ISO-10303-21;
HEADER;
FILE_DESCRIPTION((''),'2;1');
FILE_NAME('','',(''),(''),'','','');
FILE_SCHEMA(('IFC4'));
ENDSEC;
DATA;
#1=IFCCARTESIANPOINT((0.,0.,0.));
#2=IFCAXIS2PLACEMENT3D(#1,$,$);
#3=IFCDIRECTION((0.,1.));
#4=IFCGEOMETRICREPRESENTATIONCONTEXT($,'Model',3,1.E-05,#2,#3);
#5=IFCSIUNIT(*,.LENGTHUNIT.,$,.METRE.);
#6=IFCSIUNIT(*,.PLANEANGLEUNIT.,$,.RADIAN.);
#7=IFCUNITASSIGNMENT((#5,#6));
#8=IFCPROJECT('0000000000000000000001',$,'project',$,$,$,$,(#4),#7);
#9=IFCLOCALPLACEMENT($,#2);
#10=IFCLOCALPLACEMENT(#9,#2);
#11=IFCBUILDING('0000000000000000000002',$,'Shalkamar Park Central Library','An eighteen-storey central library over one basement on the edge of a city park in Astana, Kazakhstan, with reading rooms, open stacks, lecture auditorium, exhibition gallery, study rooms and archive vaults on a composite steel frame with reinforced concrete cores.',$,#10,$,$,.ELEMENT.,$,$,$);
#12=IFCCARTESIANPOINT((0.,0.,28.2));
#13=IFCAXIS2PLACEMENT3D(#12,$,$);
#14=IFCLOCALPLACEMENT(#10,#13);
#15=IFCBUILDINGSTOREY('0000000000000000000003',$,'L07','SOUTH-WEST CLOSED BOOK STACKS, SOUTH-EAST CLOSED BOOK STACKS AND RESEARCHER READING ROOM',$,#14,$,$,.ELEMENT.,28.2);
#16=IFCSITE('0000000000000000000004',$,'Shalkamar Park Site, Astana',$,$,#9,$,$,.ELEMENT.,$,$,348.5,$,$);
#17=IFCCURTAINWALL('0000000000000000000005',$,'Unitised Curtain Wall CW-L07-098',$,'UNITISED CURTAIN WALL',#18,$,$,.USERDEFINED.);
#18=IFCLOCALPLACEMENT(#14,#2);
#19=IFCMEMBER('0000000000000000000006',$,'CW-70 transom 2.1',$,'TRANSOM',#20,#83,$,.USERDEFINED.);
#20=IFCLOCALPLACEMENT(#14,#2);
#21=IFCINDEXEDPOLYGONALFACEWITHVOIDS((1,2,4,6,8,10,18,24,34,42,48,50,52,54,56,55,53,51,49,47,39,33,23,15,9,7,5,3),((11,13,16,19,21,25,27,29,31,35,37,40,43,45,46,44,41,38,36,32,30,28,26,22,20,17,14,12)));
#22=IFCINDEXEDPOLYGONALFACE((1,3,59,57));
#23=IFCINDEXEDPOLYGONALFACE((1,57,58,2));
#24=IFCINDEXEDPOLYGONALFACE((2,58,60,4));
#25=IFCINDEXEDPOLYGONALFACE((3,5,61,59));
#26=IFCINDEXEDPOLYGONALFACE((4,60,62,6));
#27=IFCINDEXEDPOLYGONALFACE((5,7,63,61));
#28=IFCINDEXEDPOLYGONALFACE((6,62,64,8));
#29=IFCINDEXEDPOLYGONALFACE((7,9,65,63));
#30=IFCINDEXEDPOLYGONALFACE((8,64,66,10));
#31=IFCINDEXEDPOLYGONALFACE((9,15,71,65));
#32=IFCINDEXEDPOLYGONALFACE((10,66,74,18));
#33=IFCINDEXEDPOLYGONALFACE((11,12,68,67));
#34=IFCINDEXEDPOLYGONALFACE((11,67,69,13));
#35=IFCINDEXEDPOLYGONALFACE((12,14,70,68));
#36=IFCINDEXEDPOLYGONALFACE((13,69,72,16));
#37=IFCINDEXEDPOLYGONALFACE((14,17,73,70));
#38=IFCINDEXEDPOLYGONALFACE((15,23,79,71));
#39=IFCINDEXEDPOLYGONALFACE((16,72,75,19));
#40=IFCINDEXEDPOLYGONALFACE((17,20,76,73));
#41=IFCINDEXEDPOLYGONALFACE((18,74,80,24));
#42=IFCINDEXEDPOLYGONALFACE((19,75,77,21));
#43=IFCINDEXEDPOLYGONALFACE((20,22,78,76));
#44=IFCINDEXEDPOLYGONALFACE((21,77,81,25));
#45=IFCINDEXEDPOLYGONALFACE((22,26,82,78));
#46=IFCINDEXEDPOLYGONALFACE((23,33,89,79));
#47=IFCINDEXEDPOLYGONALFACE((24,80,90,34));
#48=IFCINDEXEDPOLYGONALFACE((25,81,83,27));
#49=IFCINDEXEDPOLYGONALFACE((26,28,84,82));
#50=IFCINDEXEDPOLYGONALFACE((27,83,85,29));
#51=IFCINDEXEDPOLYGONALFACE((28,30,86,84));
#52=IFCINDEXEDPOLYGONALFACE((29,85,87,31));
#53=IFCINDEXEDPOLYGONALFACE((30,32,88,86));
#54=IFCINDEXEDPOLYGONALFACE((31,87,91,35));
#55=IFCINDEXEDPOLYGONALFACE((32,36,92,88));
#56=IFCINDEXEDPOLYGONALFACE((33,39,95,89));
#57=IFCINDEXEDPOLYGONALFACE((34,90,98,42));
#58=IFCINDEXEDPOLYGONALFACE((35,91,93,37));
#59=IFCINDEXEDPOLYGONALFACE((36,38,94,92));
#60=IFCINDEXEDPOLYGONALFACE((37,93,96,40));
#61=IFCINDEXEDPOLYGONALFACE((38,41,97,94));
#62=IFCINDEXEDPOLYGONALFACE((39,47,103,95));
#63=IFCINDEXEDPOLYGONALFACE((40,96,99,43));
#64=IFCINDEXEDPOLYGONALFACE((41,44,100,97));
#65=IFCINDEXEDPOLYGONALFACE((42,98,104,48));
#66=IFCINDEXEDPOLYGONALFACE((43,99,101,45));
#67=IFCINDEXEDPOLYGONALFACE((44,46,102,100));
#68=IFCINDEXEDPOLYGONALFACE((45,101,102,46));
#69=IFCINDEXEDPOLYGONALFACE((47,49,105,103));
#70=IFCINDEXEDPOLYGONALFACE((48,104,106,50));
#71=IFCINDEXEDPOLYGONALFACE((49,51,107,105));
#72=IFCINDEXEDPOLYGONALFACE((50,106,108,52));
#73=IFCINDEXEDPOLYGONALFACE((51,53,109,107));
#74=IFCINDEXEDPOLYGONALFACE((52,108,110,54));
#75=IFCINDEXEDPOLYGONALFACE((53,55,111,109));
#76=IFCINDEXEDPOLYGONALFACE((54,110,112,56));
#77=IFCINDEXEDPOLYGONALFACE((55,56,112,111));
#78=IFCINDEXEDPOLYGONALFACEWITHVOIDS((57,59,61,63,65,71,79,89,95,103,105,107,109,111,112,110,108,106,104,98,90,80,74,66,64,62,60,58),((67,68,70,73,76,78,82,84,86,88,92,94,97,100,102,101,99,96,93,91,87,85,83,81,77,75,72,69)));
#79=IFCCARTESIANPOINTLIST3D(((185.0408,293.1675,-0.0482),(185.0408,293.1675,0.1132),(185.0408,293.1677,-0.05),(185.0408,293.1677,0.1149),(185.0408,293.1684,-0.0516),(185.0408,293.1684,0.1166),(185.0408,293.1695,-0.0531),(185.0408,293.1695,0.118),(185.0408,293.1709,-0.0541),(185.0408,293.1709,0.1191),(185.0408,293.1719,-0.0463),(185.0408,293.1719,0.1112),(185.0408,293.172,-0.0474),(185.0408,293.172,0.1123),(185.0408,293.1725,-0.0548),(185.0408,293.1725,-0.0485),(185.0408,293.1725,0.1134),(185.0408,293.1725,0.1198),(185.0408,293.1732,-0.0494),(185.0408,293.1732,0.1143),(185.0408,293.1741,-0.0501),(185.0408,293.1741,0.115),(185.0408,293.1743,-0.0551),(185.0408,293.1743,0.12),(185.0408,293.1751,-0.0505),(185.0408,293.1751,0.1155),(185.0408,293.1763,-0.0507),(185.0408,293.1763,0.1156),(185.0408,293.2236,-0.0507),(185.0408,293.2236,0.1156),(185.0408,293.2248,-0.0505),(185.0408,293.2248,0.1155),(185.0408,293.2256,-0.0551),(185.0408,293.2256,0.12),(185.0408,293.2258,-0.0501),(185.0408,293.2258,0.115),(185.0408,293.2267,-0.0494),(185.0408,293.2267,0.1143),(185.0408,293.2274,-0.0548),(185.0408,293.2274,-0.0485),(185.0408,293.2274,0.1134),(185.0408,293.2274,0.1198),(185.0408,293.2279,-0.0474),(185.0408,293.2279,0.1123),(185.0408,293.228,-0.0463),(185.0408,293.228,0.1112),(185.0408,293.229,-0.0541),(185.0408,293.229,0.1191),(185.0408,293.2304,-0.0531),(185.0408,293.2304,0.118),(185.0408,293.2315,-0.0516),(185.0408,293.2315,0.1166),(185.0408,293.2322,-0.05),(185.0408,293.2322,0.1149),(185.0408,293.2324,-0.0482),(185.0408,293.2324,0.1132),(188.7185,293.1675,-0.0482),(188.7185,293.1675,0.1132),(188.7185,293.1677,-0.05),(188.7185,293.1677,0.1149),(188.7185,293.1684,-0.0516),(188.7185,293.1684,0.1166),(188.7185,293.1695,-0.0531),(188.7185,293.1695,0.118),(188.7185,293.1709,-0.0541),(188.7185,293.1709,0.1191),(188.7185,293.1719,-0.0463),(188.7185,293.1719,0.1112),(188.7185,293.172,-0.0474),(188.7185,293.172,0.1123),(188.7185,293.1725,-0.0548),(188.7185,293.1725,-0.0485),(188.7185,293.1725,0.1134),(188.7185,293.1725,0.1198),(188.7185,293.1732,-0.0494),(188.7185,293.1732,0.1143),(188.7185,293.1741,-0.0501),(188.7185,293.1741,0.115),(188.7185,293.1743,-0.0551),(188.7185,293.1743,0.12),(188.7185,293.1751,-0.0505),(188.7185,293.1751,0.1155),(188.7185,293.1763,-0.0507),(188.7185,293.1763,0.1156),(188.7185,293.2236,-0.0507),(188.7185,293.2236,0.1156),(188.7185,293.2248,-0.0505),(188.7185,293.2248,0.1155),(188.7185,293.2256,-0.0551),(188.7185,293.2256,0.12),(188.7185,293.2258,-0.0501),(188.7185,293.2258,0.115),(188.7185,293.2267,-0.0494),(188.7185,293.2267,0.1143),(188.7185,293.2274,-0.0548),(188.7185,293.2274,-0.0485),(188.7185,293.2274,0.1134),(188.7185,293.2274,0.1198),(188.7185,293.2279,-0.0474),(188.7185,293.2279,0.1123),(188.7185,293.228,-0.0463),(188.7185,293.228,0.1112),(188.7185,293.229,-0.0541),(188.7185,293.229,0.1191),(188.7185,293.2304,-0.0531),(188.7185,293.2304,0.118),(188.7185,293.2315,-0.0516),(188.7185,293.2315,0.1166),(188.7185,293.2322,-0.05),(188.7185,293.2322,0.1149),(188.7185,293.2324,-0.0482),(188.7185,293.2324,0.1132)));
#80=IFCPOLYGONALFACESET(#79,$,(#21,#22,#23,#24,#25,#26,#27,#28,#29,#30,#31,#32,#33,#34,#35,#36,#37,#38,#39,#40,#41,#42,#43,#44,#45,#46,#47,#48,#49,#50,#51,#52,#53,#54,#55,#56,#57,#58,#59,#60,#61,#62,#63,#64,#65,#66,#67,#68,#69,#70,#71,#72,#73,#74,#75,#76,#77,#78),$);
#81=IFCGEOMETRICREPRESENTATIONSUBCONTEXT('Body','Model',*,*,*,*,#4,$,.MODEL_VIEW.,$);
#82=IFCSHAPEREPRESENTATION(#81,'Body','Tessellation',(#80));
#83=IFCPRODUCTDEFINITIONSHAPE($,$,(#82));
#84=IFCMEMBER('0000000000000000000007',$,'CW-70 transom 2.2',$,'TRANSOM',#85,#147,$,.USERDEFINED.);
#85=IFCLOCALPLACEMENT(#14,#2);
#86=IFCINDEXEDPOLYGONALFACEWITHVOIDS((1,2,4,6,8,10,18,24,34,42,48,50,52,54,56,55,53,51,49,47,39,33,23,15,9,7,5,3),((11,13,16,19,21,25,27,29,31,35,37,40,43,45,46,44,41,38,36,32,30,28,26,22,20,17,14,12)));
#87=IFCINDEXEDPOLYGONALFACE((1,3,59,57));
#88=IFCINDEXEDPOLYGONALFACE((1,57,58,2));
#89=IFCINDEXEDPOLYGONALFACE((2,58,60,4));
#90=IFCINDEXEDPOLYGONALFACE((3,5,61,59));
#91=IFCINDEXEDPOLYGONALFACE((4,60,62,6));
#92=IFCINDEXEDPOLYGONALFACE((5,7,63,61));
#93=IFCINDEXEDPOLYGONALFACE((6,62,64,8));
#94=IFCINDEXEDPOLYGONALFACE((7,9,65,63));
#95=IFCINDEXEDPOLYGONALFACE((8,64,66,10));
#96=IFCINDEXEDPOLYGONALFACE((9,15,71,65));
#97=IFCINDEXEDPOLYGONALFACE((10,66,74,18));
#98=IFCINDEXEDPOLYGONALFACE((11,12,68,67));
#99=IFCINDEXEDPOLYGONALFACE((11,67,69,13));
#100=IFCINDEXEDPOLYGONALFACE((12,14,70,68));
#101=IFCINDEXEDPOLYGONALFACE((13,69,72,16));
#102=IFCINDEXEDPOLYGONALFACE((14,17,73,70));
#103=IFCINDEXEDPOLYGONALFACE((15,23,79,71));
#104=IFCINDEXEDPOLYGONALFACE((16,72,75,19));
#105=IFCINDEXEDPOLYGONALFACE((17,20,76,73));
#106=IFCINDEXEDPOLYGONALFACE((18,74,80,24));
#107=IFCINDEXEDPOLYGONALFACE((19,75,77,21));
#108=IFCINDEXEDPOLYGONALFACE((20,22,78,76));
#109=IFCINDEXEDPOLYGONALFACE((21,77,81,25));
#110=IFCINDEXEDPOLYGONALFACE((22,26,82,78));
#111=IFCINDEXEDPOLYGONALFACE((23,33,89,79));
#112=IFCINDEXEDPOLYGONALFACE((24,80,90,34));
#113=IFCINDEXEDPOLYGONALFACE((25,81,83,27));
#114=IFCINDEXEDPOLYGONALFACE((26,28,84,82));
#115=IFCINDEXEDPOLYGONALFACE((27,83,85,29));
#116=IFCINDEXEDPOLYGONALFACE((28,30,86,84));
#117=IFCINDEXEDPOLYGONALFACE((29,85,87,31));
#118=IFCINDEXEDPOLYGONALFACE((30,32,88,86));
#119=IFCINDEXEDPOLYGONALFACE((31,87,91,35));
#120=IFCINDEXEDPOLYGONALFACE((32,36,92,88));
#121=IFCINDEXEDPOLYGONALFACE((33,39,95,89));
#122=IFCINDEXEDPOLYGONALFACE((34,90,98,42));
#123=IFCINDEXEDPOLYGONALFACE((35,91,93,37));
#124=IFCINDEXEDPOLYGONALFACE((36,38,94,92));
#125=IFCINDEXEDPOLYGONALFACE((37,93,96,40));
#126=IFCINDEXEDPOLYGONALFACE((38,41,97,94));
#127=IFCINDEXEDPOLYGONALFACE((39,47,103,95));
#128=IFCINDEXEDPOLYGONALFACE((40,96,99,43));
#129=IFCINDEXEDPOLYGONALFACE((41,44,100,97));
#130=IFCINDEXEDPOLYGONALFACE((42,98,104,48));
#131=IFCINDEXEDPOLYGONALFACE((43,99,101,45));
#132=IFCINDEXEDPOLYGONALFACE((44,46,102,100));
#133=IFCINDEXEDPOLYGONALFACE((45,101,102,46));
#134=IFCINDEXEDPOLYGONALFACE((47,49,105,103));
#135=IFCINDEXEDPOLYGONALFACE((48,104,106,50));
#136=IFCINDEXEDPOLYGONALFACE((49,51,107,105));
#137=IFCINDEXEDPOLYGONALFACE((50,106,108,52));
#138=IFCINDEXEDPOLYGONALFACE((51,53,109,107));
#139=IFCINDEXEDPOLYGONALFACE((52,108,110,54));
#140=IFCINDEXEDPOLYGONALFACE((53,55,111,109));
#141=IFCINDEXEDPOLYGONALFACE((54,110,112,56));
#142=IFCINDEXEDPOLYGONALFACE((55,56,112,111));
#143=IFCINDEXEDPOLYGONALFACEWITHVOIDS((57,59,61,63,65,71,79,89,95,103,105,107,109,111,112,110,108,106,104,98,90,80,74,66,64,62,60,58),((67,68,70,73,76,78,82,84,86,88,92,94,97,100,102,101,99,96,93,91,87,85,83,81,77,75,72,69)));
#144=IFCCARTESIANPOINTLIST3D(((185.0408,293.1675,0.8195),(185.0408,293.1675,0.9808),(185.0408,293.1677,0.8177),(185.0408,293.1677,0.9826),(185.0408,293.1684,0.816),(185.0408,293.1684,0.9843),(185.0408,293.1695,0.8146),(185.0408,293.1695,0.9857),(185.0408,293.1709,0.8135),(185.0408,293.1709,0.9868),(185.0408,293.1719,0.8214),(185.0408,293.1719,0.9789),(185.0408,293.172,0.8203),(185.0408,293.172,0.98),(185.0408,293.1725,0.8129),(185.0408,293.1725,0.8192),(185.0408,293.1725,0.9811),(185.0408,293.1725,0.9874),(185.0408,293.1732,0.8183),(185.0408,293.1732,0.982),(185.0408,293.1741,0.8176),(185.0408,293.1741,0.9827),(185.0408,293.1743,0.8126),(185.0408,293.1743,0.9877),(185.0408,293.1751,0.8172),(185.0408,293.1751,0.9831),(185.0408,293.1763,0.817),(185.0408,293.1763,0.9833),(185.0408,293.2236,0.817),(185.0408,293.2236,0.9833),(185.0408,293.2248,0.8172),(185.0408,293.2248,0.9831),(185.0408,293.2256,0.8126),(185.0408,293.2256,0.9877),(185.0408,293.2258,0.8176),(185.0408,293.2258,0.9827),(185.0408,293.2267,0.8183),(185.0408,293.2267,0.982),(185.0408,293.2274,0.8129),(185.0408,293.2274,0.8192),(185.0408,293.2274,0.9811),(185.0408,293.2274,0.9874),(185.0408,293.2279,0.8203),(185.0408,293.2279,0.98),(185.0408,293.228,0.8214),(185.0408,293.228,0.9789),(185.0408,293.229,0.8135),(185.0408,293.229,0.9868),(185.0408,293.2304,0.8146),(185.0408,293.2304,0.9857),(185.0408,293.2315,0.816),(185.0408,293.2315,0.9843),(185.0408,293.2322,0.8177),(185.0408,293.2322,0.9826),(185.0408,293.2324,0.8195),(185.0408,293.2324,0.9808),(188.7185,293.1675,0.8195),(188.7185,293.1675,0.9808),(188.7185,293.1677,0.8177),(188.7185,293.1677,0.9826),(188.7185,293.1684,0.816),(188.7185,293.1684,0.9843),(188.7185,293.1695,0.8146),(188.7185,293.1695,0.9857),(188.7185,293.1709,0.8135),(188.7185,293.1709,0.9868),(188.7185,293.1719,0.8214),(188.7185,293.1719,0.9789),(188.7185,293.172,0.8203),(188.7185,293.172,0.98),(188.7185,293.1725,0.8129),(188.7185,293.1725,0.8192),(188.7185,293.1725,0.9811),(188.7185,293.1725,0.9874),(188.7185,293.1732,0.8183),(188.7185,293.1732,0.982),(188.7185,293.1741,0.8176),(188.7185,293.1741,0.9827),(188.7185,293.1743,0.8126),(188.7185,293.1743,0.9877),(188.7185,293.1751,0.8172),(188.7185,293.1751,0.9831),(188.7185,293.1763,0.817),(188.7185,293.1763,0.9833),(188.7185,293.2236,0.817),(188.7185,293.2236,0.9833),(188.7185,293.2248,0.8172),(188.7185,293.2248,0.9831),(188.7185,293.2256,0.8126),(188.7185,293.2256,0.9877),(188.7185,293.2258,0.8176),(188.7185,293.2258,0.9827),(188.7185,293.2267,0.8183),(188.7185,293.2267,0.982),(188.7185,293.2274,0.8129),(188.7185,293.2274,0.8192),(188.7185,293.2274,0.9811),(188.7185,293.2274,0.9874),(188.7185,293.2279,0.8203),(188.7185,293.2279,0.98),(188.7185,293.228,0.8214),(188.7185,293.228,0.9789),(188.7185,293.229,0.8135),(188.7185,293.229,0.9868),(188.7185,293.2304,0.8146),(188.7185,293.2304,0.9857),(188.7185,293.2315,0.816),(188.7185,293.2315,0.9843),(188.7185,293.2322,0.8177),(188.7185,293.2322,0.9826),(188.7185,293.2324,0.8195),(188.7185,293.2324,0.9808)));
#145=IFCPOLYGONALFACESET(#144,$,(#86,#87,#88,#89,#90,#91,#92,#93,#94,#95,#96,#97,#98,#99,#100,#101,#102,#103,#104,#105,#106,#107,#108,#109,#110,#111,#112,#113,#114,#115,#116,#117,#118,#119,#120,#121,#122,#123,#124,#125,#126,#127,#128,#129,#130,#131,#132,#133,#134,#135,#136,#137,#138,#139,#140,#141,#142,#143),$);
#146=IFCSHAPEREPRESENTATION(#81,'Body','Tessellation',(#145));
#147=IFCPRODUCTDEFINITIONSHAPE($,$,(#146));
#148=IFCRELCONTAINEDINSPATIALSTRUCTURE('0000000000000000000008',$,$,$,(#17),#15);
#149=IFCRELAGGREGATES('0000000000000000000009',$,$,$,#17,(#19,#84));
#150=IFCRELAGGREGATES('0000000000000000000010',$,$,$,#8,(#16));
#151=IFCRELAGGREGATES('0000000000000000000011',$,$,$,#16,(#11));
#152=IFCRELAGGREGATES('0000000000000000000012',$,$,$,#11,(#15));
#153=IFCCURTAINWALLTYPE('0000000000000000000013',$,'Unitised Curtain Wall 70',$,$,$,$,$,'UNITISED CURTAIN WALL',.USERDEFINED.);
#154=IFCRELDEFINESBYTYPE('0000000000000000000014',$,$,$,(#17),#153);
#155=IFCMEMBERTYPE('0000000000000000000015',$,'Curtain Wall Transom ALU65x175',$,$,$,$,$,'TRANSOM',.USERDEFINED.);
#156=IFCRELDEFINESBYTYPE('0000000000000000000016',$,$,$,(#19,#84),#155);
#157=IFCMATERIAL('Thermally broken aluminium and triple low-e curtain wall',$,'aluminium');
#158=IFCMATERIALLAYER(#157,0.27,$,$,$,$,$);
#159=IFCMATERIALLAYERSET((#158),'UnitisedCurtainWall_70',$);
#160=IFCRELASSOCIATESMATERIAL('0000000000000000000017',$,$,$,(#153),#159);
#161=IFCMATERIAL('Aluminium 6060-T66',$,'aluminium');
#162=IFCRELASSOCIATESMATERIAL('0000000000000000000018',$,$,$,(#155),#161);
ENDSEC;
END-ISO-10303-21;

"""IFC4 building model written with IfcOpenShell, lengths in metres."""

from ifc_helpers import new_model, si_unit, direction, frame, origin, origin_2d, place, context, subcontext, project, spatial, hollow_rectangle, extrude, material, layer, layer_set, material_profile, profile_set, type_object, element, aggregate, save


model = new_model("IFC4")

# Units and contexts
model_context = context("Model", 3, precision=1e-05, world=origin(), true_north=direction((0.0, 1.0)))
body_context = subcontext(model_context, "Body", "Model", "MODEL_VIEW")
ifc_project = project(units=[si_unit("LENGTHUNIT", "METRE"), si_unit("PLANEANGLEUNIT", "RADIAN")], contexts=[model_context])

# Site, building, storey
site_placement = place(None, origin())
site = spatial("IfcSite", under=ifc_project, at=site_placement, Name="Shalkamar Park Site, Astana", CompositionType="ELEMENT", RefElevation=348.5)
building_placement = place(site_placement, origin())
building = spatial("IfcBuilding", under=site, at=building_placement, Name="Shalkamar Park Central Library", Description="An eighteen-storey central library over one basement on the edge of a city park in Astana, Kazakhstan, with reading rooms, open stacks, lecture auditorium, exhibition gallery, study rooms and archive vaults on a composite steel frame with reinforced concrete cores.", CompositionType="ELEMENT")
storey_placement = place(building_placement, frame((0.0, 0.0, 28.2)))
storey = spatial("IfcBuildingStorey", under=building, at=storey_placement, Name="L07", Description="SOUTH-WEST CLOSED BOOK STACKS, SOUTH-EAST CLOSED BOOK STACKS AND RESEARCHER READING ROOM", CompositionType="ELEMENT", Elevation=28.2)

# Curtain wall
ifc_material_1 = material(Name="Thermally broken aluminium and triple low-e curtain wall", Category="aluminium")
ifc_layer_1 = layer(ifc_material_1, 0.27)
ifc_layer_set_1 = layer_set([ifc_layer_1], Name="UnitisedCurtainWall_70")
curtain_wall_type_1 = type_object("IfcCurtainWallType", Name="Unitised Curtain Wall 70", ElementType="UNITISED CURTAIN WALL", PredefinedType="USERDEFINED", material=ifc_layer_set_1)
curtain_wall_1_placement = place(storey_placement, origin())
curtain_wall_1 = element("IfcCurtainWall", 1, at=curtain_wall_1_placement, inside=storey, type_object=curtain_wall_type_1, Name="Unitised Curtain Wall CW-L07-098", ObjectType="UNITISED CURTAIN WALL", PredefinedType="USERDEFINED")
ifc_material_2 = material(Name="Aluminium 6060-T66", Category="aluminium")

# Members
ifc_material_profile_1 = material_profile(ifc_material_2, hollow_rectangle(XDim=0.0649, YDim=0.175, WallThickness=0.0044, InnerFilletRadius=0.0044, OuterFilletRadius=0.0068, at=origin_2d()), Name="ALU 65x175x4.5")
ifc_profile_set_1 = profile_set([ifc_material_profile_1], Name="Aluminium 6060-T66")
member_type_1 = type_object("IfcMemberType", Name="Curtain Wall Transom ALU65x175", ElementType="TRANSOM", PredefinedType="USERDEFINED", material=ifc_profile_set_1)
member_1_placement = place(storey_placement, frame((185.0408, 293.2, 0.0325), z_axis=(1.0, 0.0, 0.0), x_axis=(0.0, 1.0, 0.0)))
member_1 = element("IfcMember", 2, at=member_1_placement, type_object=member_type_1, Name="CW-70 transom 2.1", ObjectType="TRANSOM", PredefinedType="USERDEFINED", context=body_context, shape_type="SweptSolid", body=[
    extrude(hollow_rectangle(XDim=0.0649, YDim=0.175, WallThickness=0.0044, InnerFilletRadius=0.0044, OuterFilletRadius=0.0068, at=origin_2d()), origin(), (0.0, 0.0, 1.0), 3.6777),
])
member_2_placement = place(storey_placement, frame((185.0408, 293.2, 0.9001), z_axis=(1.0, 0.0, 0.0), x_axis=(0.0, 1.0, 0.0)))
member_2 = element("IfcMember", 3, at=member_2_placement, type_object=member_type_1, Name="CW-70 transom 2.2", ObjectType="TRANSOM", PredefinedType="USERDEFINED", context=body_context, shape_type="SweptSolid", body=[
    extrude(hollow_rectangle(XDim=0.0649, YDim=0.175, WallThickness=0.0044, InnerFilletRadius=0.0044, OuterFilletRadius=0.0068, at=origin_2d()), origin(), (0.0, 0.0, 1.0), 3.6777),
])

aggregate(curtain_wall_1, [member_1, member_2])

save(model, "model.ifc")
